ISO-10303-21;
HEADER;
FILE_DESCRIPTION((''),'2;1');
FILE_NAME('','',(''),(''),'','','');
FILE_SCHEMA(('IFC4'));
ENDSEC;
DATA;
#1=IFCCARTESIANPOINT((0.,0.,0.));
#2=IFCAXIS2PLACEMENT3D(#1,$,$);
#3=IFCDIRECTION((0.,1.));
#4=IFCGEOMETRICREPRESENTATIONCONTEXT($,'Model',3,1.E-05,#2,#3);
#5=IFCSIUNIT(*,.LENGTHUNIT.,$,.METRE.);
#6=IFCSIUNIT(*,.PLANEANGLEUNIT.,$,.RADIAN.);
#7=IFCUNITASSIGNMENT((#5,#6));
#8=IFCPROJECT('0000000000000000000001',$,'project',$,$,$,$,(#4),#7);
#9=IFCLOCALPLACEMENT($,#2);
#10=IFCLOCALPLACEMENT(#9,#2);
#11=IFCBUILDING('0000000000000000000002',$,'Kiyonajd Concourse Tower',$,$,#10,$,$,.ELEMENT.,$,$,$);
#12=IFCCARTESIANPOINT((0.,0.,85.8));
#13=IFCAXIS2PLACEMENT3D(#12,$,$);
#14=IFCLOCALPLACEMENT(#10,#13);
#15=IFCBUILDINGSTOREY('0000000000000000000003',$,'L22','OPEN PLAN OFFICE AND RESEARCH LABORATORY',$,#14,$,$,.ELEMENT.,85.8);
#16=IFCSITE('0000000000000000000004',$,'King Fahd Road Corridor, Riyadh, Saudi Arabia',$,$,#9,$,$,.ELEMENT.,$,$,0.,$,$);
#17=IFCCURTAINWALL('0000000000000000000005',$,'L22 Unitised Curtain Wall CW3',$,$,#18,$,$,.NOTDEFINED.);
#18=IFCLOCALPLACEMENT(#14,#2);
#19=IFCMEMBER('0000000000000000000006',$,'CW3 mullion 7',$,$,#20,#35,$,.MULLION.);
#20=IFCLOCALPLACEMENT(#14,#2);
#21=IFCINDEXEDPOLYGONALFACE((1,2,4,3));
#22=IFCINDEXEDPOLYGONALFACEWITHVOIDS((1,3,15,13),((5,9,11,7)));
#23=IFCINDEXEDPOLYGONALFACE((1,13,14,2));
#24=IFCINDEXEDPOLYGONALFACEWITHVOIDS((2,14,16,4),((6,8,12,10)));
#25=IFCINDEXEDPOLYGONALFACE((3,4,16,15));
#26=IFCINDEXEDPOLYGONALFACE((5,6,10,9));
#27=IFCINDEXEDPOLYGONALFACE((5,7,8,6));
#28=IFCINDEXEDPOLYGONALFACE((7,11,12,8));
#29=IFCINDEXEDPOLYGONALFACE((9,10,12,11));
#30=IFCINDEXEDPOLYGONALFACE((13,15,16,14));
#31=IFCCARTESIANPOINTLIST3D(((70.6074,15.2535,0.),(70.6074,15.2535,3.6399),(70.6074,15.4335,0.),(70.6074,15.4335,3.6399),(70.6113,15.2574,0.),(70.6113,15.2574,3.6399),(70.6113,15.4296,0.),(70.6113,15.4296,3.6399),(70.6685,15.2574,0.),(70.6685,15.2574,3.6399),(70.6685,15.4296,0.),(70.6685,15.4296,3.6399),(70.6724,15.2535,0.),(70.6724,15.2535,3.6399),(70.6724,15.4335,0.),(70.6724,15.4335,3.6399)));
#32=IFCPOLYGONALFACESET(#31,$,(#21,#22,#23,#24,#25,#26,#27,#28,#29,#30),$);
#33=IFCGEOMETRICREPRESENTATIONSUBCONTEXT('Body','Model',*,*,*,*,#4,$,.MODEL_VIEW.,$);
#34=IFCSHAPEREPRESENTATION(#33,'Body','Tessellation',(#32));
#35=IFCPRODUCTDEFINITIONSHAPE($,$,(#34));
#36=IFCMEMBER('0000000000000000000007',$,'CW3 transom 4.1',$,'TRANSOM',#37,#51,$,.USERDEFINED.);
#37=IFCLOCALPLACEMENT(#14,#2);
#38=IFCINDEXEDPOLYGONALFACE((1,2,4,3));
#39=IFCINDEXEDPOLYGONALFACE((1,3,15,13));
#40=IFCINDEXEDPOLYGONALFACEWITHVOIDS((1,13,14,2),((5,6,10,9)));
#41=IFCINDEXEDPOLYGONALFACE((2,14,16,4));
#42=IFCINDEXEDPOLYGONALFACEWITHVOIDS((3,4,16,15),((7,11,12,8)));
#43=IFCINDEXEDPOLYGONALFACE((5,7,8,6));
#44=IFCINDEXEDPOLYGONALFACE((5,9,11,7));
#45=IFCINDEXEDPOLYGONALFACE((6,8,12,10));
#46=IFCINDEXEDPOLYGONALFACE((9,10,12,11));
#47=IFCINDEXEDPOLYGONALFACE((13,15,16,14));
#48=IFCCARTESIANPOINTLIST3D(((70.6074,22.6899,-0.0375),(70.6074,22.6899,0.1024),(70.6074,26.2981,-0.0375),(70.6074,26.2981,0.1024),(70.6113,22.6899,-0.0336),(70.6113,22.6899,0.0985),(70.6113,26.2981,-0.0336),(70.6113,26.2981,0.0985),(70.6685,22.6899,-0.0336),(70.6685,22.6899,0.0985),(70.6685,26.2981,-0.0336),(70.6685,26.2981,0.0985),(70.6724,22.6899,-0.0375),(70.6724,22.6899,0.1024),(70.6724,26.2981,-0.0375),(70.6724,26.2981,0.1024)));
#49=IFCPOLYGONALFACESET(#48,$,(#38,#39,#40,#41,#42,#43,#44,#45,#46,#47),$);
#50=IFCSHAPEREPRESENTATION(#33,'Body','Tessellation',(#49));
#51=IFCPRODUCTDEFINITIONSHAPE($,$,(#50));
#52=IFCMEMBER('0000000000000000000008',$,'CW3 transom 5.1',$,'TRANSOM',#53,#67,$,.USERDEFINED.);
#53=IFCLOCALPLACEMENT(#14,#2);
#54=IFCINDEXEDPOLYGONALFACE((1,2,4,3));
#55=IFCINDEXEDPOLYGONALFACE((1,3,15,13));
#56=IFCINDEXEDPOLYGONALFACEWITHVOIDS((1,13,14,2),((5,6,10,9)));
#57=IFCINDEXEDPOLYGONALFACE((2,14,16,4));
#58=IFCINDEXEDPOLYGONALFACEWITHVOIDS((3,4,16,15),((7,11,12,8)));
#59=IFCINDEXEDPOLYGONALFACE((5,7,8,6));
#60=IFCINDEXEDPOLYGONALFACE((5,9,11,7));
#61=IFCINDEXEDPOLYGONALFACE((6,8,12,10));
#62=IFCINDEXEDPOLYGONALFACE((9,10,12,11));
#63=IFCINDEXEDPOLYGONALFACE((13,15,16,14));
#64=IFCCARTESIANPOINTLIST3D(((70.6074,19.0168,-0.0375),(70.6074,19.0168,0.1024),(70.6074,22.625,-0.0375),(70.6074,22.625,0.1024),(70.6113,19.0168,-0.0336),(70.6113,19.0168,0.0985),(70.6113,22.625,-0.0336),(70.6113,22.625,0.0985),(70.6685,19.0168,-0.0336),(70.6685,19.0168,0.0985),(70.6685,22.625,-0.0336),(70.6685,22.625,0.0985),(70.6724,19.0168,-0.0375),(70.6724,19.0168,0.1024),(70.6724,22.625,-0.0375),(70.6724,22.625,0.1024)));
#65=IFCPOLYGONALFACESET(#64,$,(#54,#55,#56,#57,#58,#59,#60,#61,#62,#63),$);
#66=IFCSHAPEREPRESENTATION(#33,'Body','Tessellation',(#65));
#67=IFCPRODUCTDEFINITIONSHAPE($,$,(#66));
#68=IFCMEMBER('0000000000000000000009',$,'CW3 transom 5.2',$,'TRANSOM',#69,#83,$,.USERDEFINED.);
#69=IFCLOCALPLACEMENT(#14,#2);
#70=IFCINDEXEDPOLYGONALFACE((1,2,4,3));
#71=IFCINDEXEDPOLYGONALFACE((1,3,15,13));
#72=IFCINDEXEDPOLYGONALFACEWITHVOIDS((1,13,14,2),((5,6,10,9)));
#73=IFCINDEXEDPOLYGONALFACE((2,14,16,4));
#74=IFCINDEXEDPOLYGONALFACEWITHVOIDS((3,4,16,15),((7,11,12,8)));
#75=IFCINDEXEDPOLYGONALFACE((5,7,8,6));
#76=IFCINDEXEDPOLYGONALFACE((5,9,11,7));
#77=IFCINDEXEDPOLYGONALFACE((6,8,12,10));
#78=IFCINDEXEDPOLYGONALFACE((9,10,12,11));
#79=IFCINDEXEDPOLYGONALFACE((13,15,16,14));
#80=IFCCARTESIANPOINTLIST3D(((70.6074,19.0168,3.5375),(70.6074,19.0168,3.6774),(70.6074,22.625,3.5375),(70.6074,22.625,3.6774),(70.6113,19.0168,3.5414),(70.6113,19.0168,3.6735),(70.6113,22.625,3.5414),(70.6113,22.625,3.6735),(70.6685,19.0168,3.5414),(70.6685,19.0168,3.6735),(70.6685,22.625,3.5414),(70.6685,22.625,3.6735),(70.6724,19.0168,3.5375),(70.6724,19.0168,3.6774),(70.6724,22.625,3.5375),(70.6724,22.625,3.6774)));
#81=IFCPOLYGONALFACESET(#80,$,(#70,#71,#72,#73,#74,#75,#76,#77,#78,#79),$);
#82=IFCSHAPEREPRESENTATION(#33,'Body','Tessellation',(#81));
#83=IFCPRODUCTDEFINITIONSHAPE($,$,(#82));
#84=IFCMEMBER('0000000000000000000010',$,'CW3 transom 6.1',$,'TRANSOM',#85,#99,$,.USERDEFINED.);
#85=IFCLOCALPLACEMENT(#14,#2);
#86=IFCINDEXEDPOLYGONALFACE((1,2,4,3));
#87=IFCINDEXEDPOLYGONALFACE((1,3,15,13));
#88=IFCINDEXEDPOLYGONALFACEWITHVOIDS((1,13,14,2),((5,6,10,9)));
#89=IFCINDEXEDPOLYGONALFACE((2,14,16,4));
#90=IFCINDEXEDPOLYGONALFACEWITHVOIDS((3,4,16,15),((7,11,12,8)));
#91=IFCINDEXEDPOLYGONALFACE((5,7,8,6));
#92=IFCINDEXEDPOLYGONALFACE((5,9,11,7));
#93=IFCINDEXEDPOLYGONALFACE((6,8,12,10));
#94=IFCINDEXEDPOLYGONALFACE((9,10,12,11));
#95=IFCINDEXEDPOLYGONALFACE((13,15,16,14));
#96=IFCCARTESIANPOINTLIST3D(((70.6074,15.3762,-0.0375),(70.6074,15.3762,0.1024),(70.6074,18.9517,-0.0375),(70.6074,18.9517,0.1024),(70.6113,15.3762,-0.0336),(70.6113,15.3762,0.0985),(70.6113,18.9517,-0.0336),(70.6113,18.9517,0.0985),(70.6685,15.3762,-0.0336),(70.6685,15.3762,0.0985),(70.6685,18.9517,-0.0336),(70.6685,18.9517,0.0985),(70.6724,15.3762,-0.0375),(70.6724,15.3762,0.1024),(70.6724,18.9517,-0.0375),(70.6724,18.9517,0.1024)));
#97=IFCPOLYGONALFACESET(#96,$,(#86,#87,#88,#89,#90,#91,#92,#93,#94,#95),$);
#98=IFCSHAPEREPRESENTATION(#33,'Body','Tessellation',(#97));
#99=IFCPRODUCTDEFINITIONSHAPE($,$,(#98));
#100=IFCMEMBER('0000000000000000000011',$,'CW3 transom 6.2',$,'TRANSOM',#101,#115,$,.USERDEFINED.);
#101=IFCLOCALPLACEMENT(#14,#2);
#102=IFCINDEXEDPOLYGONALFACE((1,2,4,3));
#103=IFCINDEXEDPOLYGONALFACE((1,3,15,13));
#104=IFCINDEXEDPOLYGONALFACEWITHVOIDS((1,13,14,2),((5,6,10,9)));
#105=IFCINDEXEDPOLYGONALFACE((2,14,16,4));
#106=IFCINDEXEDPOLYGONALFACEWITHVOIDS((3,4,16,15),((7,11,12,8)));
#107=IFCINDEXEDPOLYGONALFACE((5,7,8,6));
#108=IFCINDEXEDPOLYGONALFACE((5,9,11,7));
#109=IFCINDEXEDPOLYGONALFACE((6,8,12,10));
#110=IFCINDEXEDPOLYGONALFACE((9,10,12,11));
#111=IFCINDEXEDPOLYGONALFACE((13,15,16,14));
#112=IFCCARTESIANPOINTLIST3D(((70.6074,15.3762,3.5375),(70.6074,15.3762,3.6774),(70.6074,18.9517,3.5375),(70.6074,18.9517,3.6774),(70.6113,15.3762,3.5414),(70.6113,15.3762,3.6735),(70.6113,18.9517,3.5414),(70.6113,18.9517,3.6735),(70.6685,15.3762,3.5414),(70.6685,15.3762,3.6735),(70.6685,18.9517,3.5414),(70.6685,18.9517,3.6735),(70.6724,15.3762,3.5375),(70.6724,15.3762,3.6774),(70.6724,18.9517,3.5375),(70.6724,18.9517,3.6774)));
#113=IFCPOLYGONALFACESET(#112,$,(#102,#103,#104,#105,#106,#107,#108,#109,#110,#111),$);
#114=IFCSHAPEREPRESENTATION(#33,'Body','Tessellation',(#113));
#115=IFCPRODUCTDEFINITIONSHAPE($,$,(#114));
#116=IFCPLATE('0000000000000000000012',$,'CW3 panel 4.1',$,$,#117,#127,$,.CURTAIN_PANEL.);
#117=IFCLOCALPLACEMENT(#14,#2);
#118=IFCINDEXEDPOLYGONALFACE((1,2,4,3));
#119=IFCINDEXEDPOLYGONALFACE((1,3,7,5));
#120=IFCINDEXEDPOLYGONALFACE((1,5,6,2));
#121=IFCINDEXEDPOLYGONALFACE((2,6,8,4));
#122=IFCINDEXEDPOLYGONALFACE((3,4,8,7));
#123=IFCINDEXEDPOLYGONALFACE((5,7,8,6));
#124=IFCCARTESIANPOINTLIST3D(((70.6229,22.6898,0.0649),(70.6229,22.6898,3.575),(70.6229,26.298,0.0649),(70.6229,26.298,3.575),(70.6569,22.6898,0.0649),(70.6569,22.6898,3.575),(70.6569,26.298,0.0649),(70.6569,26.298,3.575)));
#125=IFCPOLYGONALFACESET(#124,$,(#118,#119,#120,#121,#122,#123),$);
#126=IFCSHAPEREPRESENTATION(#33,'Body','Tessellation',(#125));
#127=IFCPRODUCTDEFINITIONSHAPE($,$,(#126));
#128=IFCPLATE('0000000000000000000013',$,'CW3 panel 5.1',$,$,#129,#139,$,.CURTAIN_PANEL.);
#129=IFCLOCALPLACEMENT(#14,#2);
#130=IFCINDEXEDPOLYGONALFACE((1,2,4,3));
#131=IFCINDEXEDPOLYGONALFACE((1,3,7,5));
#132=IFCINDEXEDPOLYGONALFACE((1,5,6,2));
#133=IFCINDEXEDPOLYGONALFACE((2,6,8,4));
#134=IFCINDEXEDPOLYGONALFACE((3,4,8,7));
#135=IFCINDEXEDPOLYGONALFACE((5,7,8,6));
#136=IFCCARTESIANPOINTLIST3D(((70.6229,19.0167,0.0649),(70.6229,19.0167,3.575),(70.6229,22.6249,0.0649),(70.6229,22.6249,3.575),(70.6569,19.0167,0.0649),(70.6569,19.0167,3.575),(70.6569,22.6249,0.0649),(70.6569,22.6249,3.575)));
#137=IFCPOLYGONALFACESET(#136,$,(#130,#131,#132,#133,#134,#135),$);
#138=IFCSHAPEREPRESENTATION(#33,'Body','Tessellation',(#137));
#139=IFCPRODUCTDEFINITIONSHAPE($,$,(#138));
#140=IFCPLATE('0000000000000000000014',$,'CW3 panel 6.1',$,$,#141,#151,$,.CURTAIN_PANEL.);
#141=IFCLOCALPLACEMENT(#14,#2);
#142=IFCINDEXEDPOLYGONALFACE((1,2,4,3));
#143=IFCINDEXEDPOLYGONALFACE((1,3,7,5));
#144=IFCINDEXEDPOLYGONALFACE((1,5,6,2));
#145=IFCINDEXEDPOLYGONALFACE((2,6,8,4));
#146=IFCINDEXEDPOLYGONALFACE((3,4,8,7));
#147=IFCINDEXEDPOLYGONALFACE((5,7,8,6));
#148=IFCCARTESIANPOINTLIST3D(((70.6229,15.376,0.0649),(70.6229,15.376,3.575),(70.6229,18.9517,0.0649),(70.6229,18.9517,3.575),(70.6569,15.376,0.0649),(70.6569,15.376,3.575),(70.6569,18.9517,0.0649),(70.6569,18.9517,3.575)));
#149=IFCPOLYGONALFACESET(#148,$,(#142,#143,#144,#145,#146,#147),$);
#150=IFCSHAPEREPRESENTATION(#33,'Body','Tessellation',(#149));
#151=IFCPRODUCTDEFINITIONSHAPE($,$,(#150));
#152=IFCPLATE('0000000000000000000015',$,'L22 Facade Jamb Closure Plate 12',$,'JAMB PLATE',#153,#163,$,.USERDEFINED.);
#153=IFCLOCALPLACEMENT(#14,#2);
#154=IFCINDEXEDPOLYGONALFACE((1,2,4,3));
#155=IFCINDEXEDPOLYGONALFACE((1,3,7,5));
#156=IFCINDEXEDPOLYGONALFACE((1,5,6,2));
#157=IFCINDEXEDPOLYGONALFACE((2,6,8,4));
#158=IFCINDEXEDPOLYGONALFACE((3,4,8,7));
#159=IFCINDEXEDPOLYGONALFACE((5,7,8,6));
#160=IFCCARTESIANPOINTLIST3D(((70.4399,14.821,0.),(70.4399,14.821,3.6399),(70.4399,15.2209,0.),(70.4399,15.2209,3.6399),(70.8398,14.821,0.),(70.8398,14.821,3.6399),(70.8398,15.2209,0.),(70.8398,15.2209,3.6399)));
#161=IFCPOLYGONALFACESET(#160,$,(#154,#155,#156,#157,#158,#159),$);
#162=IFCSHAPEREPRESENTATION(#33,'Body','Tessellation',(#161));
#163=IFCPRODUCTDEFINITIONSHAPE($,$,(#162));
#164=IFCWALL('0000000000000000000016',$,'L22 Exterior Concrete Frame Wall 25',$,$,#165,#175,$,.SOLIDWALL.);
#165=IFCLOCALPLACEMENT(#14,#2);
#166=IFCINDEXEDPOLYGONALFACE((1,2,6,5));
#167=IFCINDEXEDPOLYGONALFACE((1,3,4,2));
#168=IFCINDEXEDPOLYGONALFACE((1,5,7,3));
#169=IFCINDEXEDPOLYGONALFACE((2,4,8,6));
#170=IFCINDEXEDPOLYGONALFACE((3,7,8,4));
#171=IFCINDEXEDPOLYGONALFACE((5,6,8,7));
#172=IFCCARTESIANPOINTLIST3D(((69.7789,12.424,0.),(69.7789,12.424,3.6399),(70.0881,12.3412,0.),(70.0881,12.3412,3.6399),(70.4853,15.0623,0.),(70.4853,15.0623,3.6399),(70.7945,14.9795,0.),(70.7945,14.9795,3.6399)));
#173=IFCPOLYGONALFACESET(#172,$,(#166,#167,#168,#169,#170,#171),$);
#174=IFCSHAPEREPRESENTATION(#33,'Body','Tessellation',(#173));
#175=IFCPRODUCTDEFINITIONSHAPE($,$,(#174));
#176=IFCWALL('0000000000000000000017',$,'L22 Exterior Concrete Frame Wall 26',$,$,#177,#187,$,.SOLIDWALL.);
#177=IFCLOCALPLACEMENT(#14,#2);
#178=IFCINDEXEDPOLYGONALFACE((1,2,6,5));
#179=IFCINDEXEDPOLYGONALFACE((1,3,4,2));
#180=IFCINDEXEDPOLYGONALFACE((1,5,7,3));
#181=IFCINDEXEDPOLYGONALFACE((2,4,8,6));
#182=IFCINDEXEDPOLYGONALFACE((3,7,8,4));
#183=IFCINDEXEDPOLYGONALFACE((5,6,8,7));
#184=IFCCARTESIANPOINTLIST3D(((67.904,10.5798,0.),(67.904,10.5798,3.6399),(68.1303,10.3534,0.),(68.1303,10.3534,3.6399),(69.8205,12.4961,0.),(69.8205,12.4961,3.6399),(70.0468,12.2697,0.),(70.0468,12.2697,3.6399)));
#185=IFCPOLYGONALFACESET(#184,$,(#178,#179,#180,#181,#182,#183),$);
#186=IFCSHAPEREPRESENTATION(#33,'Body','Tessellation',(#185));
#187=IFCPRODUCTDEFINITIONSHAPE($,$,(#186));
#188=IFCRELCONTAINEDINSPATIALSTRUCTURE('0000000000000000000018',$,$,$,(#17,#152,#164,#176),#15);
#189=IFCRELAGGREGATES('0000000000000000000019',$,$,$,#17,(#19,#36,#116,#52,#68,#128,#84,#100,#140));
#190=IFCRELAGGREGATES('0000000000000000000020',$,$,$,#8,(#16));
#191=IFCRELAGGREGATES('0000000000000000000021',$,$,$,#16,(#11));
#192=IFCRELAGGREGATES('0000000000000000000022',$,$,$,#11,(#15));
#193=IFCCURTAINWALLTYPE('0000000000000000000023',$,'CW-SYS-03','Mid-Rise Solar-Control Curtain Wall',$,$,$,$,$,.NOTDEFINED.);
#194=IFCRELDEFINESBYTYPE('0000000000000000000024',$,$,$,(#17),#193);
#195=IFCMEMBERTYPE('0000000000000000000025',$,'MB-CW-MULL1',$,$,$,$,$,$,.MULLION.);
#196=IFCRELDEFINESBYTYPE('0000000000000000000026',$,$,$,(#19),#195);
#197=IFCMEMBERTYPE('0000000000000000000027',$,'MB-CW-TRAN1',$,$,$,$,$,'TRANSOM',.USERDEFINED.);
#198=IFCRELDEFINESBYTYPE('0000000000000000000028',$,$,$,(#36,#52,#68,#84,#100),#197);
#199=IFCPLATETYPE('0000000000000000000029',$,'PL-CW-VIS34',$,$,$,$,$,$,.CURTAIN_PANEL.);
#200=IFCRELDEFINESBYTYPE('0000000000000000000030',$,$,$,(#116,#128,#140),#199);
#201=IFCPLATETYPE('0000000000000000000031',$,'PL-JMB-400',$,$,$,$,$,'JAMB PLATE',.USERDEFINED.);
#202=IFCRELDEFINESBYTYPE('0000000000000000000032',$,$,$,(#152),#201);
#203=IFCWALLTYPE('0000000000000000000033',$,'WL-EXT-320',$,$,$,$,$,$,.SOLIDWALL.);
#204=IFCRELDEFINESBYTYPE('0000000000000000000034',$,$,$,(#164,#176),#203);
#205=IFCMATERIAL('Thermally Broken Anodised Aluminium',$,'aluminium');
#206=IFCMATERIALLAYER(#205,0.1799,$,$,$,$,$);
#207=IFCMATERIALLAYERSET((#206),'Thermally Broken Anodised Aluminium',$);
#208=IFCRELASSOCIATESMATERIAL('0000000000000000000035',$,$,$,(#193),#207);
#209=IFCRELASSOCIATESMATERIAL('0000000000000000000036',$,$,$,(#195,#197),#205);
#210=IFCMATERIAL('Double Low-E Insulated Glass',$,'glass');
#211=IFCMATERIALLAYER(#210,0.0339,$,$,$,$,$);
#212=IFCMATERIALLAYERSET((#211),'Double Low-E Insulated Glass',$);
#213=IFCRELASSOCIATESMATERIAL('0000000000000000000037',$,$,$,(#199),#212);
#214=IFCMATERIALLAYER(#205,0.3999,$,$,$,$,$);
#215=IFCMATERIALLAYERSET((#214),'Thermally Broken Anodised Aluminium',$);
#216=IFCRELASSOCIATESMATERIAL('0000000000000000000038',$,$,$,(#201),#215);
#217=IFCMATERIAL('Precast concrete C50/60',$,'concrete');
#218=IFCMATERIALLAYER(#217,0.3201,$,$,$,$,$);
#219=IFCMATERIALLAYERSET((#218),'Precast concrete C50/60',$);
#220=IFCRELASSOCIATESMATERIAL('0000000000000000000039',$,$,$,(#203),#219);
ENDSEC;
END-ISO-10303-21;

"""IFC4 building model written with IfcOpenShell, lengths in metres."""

from ifc_helpers import new_model, si_unit, direction, frame, frame_2d, origin, origin_2d, place, context, subcontext, project, spatial, rectangle, hollow_rectangle, extrude, material, layer, layer_set, material_profile, profile_set, type_object, element, aggregate, save


model = new_model("IFC4")

# Units and contexts
model_context = context("Model", 3, precision=1e-05, world=origin(), true_north=direction((0.0, 1.0)))
body_context = subcontext(model_context, "Body", "Model", "MODEL_VIEW")
ifc_project = project(units=[si_unit("LENGTHUNIT", "METRE"), si_unit("PLANEANGLEUNIT", "RADIAN")], contexts=[model_context])

# Site, building, storey
site_placement = place(None, origin())
site = spatial("IfcSite", under=ifc_project, at=site_placement, Name="King Fahd Road Corridor, Riyadh, Saudi Arabia", CompositionType="ELEMENT", RefElevation=0.0)
building_placement = place(site_placement, origin())
building = spatial("IfcBuilding", under=site, at=building_placement, Name="Kiyonajd Concourse Tower", CompositionType="ELEMENT")
storey_placement = place(building_placement, frame((0.0, 0.0, 85.8)))
storey = spatial("IfcBuildingStorey", under=building, at=storey_placement, Name="L22", Description="OPEN PLAN OFFICE AND RESEARCH LABORATORY", CompositionType="ELEMENT", Elevation=85.8)

# Shared definitions
ifc_material_1 = material(Name="Precast concrete C50/60", Category="concrete")

# Curtain wall, members, plates
ifc_material_2 = material(Name="Thermally Broken Anodised Aluminium", Category="aluminium")
ifc_layer_1 = layer(ifc_material_2, 0.1799)
ifc_layer_set_1 = layer_set([ifc_layer_1], Name="Thermally Broken Anodised Aluminium")
curtain_wall_type = type_object("IfcCurtainWallType", Name="CW-SYS-03", Description="Mid-Rise Solar-Control Curtain Wall", PredefinedType="NOTDEFINED", material=ifc_layer_set_1)
curtain_wall_placement = place(storey_placement, origin())
curtain_wall = element("IfcCurtainWall", 1, at=curtain_wall_placement, inside=storey, type_object=curtain_wall_type, Name="L22 Unitised Curtain Wall CW3", PredefinedType="NOTDEFINED")
ifc_material_profile_1 = material_profile(ifc_material_2, hollow_rectangle(XDim=0.0649, YDim=0.1799, WallThickness=0.0039, at=origin_2d()), Name="MULL-65x180")
ifc_profile_set_1 = profile_set([ifc_material_profile_1], Name="Thermally Broken Anodised Aluminium")
member_type_1 = type_object("IfcMemberType", Name="MB-CW-MULL1", PredefinedType="MULLION", material=ifc_profile_set_1)
member_1_placement = place(storey_placement, frame((70.6399, 15.3435, 0.0), z_axis=(0.0, 0.0, 1.0), x_axis=(1.0, 0.0, 0.0)))
member_1 = element("IfcMember", 2, at=member_1_placement, type_object=member_type_1, Name="CW3 mullion 7", PredefinedType="MULLION", context=body_context, shape_type="SweptSolid", body=[
    extrude(hollow_rectangle(XDim=0.0649, YDim=0.1799, WallThickness=0.0039, at=origin_2d()), origin(), (0.0, 0.0, 1.0), 3.6399),
])
ifc_material_profile_2 = material_profile(ifc_material_2, hollow_rectangle(XDim=0.0649, YDim=0.1399, WallThickness=0.0039, at=origin_2d()), Name="TRAN-65x140")
ifc_profile_set_2 = profile_set([ifc_material_profile_2], Name="Thermally Broken Anodised Aluminium")
member_type_2 = type_object("IfcMemberType", Name="MB-CW-TRAN1", ElementType="TRANSOM", PredefinedType="USERDEFINED", material=ifc_profile_set_2)
member_2_placement = place(storey_placement, frame((70.6399, 26.2981, 0.0325), z_axis=(0.0, -1.0, 0.0), x_axis=(1.0, 0.0, 0.0)))
member_2 = element("IfcMember", 3, at=member_2_placement, type_object=member_type_2, Name="CW3 transom 4.1", ObjectType="TRANSOM", PredefinedType="USERDEFINED", context=body_context, shape_type="SweptSolid", body=[
    extrude(hollow_rectangle(XDim=0.0649, YDim=0.1399, WallThickness=0.0039, at=origin_2d()), origin(), (0.0, 0.0, 1.0), 3.6082),
])
member_3_placement = place(storey_placement, frame((70.6399, 22.625, 0.0325), z_axis=(0.0, -1.0, 0.0), x_axis=(1.0, 0.0, 0.0)))
member_3 = element("IfcMember", 4, at=member_3_placement, type_object=member_type_2, Name="CW3 transom 5.1", ObjectType="TRANSOM", PredefinedType="USERDEFINED", context=body_context, shape_type="SweptSolid", body=[
    extrude(hollow_rectangle(XDim=0.0649, YDim=0.1399, WallThickness=0.0039, at=origin_2d()), origin(), (0.0, 0.0, 1.0), 3.6082),
])
member_4_placement = place(storey_placement, frame((70.6399, 22.625, 3.6074), z_axis=(0.0, -1.0, 0.0), x_axis=(1.0, 0.0, 0.0)))
member_4 = element("IfcMember", 5, at=member_4_placement, type_object=member_type_2, Name="CW3 transom 5.2", ObjectType="TRANSOM", PredefinedType="USERDEFINED", context=body_context, shape_type="SweptSolid", body=[
    extrude(hollow_rectangle(XDim=0.0649, YDim=0.1399, WallThickness=0.0039, at=origin_2d()), origin(), (0.0, 0.0, 1.0), 3.6082),
])
member_5_placement = place(storey_placement, frame((70.6399, 18.9517, 0.0325), z_axis=(0.0, -1.0, 0.0), x_axis=(1.0, 0.0, 0.0)))
member_5 = element("IfcMember", 6, at=member_5_placement, type_object=member_type_2, Name="CW3 transom 6.1", ObjectType="TRANSOM", PredefinedType="USERDEFINED", context=body_context, shape_type="SweptSolid", body=[
    extrude(hollow_rectangle(XDim=0.0649, YDim=0.1399, WallThickness=0.0039, at=origin_2d()), origin(), (0.0, 0.0, 1.0), 3.5754),
])
member_6_placement = place(storey_placement, frame((70.6399, 18.9517, 3.6074), z_axis=(0.0, -1.0, 0.0), x_axis=(1.0, 0.0, 0.0)))
member_6 = element("IfcMember", 7, at=member_6_placement, type_object=member_type_2, Name="CW3 transom 6.2", ObjectType="TRANSOM", PredefinedType="USERDEFINED", context=body_context, shape_type="SweptSolid", body=[
    extrude(hollow_rectangle(XDim=0.0649, YDim=0.1399, WallThickness=0.0039, at=origin_2d()), origin(), (0.0, 0.0, 1.0), 3.5754),
])
ifc_material_3 = material(Name="Double Low-E Insulated Glass", Category="glass")
ifc_layer_2 = layer(ifc_material_3, 0.0339)
ifc_layer_set_2 = layer_set([ifc_layer_2], Name="Double Low-E Insulated Glass")
plate_type_1 = type_object("IfcPlateType", Name="PL-CW-VIS34", PredefinedType="CURTAIN_PANEL", material=ifc_layer_set_2)
plate_1_placement = place(storey_placement, frame((70.6399, 24.4939, 0.0649), z_axis=(0.0, 0.0, 1.0), x_axis=(0.0, -1.0, 0.0)))
plate_1 = element("IfcPlate", 8, at=plate_1_placement, type_object=plate_type_1, Name="CW3 panel 4.1", PredefinedType="CURTAIN_PANEL", context=body_context, shape_type="SweptSolid", body=[
    extrude(rectangle(XDim=3.6082, YDim=0.0339, at=origin_2d()), origin(), (0.0, 0.0, 1.0), 3.51),
])
plate_2_placement = place(storey_placement, frame((70.6399, 20.8208, 0.0649), z_axis=(0.0, 0.0, 1.0), x_axis=(0.0, -1.0, 0.0)))
plate_2 = element("IfcPlate", 9, at=plate_2_placement, type_object=plate_type_1, Name="CW3 panel 5.1", PredefinedType="CURTAIN_PANEL", context=body_context, shape_type="SweptSolid", body=[
    extrude(rectangle(XDim=3.6082, YDim=0.0339, at=origin_2d()), origin(), (0.0, 0.0, 1.0), 3.51),
])
plate_3_placement = place(storey_placement, frame((70.6399, 17.1638, 0.0649), z_axis=(0.0, 0.0, 1.0), x_axis=(0.0, -1.0, 0.0)))
plate_3 = element("IfcPlate", 10, at=plate_3_placement, type_object=plate_type_1, Name="CW3 panel 6.1", PredefinedType="CURTAIN_PANEL", context=body_context, shape_type="SweptSolid", body=[
    extrude(rectangle(XDim=3.5757, YDim=0.0339, at=origin_2d()), origin(), (0.0, 0.0, 1.0), 3.51),
])
aggregate(curtain_wall, [member_1, member_2, plate_1, member_3, member_4, plate_2, member_5, member_6, plate_3])

# Plate
ifc_layer_3 = layer(ifc_material_2, 0.3999)
ifc_layer_set_3 = layer_set([ifc_layer_3], Name="Thermally Broken Anodised Aluminium")
plate_type_2 = type_object("IfcPlateType", Name="PL-JMB-400", ElementType="JAMB PLATE", PredefinedType="USERDEFINED", material=ifc_layer_set_3)
plate_4_placement = place(storey_placement, frame((70.6399, 15.021, 0.0), z_axis=(0.0, 0.0, 1.0), x_axis=(1.0, 0.0, 0.0)))
element("IfcPlate", 11, at=plate_4_placement, inside=storey, type_object=plate_type_2, Name="L22 Facade Jamb Closure Plate 12", ObjectType="JAMB PLATE", PredefinedType="USERDEFINED", context=body_context, shape_type="SweptSolid", body=[
    extrude(rectangle(XDim=0.3999, YDim=0.3999, at=origin_2d()), origin(), (0.0, 0.0, 1.0), 3.6399),
])

# Walls
ifc_layer_4 = layer(ifc_material_1, 0.3201)
ifc_layer_set_4 = layer_set([ifc_layer_4], Name="Precast concrete C50/60")
wall_type_1 = type_object("IfcWallType", Name="WL-EXT-320", PredefinedType="SOLIDWALL", material=ifc_layer_set_4)
wall_1_placement = place(storey_placement, frame((70.6399, 15.021, 0.0), z_axis=(0.0, 0.0, 1.0), x_axis=(-0.258614, -0.965981, 0.0)))
element("IfcWall", 12, at=wall_1_placement, inside=storey, type_object=wall_type_1, Name="L22 Exterior Concrete Frame Wall 25", PredefinedType="SOLIDWALL", context=body_context, shape_type="SweptSolid", body=[
    extrude(rectangle(XDim=2.7312, YDim=0.3201, at=frame_2d((1.3657, 0.0))), origin(), (0.0, 0.0, 1.0), 3.6399),
])
wall_2_placement = place(storey_placement, frame((69.9336, 12.3828, 0.0), z_axis=(0.0, 0.0, 1.0), x_axis=(-0.707152, -0.707062, 0.0)))
element("IfcWall", 13, at=wall_2_placement, inside=storey, type_object=wall_type_1, Name="L22 Exterior Concrete Frame Wall 26", PredefinedType="SOLIDWALL", context=body_context, shape_type="SweptSolid", body=[
    extrude(rectangle(XDim=2.7102, YDim=0.3201, at=frame_2d((1.355, 0.0))), origin(), (0.0, 0.0, 1.0), 3.6399),
])

save(model, "model.ifc")
